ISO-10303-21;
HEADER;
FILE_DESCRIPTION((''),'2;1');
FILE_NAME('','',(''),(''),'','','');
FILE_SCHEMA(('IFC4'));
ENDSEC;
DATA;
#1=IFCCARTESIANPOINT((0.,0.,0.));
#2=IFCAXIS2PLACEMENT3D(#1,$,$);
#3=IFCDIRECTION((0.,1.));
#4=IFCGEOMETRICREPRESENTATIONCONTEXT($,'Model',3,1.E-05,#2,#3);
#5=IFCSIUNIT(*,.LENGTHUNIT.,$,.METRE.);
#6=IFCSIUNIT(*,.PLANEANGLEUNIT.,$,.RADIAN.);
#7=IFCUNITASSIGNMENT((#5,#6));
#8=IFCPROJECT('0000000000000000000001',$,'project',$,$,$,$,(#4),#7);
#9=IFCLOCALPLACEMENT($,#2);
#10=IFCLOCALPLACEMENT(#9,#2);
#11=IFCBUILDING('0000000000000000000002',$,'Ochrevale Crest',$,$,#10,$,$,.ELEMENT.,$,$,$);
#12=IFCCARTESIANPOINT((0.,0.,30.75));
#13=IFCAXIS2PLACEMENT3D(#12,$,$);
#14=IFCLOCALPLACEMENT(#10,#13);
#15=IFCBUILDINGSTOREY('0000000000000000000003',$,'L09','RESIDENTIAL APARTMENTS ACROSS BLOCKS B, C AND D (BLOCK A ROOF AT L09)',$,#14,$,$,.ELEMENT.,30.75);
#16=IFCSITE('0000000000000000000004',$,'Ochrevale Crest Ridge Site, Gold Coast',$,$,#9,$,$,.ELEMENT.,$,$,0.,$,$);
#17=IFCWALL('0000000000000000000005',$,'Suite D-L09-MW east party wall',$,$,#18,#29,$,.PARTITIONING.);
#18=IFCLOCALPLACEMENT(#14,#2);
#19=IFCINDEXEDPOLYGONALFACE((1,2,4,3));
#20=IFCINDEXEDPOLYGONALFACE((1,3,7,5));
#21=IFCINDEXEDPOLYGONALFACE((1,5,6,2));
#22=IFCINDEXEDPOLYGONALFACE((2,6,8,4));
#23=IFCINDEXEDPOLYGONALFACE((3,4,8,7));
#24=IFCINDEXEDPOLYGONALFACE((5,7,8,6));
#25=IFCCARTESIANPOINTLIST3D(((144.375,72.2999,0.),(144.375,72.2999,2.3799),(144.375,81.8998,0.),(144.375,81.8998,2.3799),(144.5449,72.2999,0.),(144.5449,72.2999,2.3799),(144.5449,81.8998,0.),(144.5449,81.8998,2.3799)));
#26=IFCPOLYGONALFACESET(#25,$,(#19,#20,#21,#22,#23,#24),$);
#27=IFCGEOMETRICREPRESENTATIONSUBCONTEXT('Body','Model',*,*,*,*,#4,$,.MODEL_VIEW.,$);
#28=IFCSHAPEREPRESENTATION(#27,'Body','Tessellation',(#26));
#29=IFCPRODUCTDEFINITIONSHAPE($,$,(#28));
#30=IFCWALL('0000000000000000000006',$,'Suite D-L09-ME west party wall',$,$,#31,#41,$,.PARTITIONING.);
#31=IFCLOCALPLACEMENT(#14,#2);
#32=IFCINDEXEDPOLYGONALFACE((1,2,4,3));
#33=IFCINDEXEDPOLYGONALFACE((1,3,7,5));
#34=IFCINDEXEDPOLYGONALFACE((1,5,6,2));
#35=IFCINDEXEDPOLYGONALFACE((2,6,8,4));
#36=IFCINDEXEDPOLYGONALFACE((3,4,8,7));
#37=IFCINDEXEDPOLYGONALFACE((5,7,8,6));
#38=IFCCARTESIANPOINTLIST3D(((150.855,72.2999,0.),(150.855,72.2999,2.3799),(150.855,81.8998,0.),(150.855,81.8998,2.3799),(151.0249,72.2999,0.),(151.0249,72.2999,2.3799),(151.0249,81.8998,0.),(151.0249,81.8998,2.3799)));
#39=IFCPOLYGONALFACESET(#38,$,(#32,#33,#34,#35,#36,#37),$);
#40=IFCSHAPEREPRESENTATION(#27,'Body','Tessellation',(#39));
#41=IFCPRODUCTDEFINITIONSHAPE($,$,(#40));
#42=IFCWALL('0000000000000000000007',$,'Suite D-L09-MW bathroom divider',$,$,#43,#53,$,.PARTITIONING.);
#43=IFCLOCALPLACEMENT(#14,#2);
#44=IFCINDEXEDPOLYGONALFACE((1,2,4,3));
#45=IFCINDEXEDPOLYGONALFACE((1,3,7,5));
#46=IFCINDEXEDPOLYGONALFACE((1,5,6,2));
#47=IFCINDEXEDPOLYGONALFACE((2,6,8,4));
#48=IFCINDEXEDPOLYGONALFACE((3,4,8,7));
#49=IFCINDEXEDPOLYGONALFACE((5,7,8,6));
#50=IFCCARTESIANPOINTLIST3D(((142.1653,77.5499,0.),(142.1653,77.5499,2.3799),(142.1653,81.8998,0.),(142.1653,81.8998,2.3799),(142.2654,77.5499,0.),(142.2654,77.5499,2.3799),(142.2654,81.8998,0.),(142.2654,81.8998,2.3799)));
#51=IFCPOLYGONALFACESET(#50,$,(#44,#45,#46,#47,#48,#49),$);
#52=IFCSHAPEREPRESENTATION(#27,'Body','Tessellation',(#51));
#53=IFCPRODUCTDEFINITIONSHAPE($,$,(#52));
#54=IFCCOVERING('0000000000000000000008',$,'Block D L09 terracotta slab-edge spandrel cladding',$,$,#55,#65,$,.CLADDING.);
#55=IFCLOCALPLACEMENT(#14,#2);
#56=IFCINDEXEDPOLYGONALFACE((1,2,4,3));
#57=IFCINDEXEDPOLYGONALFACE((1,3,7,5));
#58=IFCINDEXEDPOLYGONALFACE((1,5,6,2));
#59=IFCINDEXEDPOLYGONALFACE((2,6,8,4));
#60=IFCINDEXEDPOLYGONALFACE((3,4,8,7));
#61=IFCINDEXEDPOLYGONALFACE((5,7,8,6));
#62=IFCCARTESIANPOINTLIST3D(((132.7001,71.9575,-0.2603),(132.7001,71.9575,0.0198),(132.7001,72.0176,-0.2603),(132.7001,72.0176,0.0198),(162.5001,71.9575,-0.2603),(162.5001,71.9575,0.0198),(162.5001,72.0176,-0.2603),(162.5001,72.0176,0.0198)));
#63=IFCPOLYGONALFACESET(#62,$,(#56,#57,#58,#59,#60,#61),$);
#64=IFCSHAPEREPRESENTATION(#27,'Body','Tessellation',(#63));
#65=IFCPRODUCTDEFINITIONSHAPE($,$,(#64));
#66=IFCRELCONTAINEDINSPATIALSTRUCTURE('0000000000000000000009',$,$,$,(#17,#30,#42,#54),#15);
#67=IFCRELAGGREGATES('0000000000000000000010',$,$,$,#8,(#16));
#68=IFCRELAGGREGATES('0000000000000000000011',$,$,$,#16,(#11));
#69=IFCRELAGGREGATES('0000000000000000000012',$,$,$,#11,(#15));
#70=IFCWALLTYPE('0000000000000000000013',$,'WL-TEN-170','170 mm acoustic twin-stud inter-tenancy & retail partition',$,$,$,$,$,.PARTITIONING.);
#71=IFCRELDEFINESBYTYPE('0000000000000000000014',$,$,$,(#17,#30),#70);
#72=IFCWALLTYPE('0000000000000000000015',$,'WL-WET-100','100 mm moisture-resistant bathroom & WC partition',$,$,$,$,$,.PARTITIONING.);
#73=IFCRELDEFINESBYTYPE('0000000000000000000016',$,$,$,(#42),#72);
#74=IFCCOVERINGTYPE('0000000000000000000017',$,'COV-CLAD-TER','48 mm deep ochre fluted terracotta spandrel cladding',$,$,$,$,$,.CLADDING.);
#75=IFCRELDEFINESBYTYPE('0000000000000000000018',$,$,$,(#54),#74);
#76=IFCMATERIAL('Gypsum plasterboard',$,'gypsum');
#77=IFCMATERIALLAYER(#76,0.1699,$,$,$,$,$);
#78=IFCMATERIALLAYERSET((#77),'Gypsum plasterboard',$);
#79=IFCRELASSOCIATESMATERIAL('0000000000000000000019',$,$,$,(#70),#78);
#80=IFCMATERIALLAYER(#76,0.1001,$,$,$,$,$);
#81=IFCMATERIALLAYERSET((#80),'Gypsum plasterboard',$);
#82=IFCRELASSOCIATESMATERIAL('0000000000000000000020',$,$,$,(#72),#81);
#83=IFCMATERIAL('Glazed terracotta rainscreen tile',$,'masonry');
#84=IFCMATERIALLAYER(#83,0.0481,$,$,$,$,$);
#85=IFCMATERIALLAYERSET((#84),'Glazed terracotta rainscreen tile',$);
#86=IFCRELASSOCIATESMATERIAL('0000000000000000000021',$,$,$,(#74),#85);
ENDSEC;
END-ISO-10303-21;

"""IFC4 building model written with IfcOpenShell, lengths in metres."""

from ifc_helpers import new_model, si_unit, direction, frame, frame_2d, origin, origin_2d, place, context, subcontext, project, spatial, rectangle, extrude, material, layer, layer_set, type_object, element, save


model = new_model("IFC4")

# Units and contexts
model_context = context("Model", 3, precision=1e-05, world=origin(), true_north=direction((0.0, 1.0)))
body_context = subcontext(model_context, "Body", "Model", "MODEL_VIEW")
ifc_project = project(units=[si_unit("LENGTHUNIT", "METRE"), si_unit("PLANEANGLEUNIT", "RADIAN")], contexts=[model_context])

# Site, building, storey
site_placement = place(None, origin())
site = spatial("IfcSite", under=ifc_project, at=site_placement, Name="Ochrevale Crest Ridge Site, Gold Coast", CompositionType="ELEMENT", RefElevation=0.0)
building_placement = place(site_placement, origin())
building = spatial("IfcBuilding", under=site, at=building_placement, Name="Ochrevale Crest", CompositionType="ELEMENT")
storey_placement = place(building_placement, frame((0.0, 0.0, 30.75)))
storey = spatial("IfcBuildingStorey", under=building, at=storey_placement, Name="L09", Description="RESIDENTIAL APARTMENTS ACROSS BLOCKS B, C AND D (BLOCK A ROOF AT L09)", CompositionType="ELEMENT", Elevation=30.75)

# Shared definitions
ifc_material_1 = material(Name="Gypsum plasterboard", Category="gypsum")

# Walls
ifc_layer_1 = layer(ifc_material_1, 0.1699)
ifc_layer_set_1 = layer_set([ifc_layer_1], Name="Gypsum plasterboard")
wall_type_1 = type_object("IfcWallType", Name="WL-TEN-170", Description="170 mm acoustic twin-stud inter-tenancy & retail partition", PredefinedType="PARTITIONING", material=ifc_layer_set_1)
for number, where, z_axis, x_axis, name in (
    (1, (144.46, 72.3, 0.0), (0.0, 0.0, 1.0), (0.0, 1.0, 0.0), "Suite D-L09-MW east party wall"),
    (2, (150.9399, 72.3, 0.0), (0.0, 0.0, 1.0), (0.0, 1.0, 0.0), "Suite D-L09-ME west party wall"),
):
    element("IfcWall", number, at=place(storey_placement, frame(where, z_axis=z_axis, x_axis=x_axis)), inside=storey, type_object=wall_type_1, Name=name, PredefinedType="PARTITIONING", context=body_context, shape_type="SweptSolid", body=[
        extrude(rectangle(XDim=9.5999, YDim=0.1699, at=frame_2d((4.7998, 0.0))), origin(), (0.0, 0.0, 1.0), 2.3799),
    ])
ifc_layer_2 = layer(ifc_material_1, 0.1001)
ifc_layer_set_2 = layer_set([ifc_layer_2], Name="Gypsum plasterboard")
wall_type_2 = type_object("IfcWallType", Name="WL-WET-100", Description="100 mm moisture-resistant bathroom & WC partition", PredefinedType="PARTITIONING", material=ifc_layer_set_2)
wall_1_placement = place(storey_placement, frame((142.2153, 77.55, 0.0), z_axis=(0.0, 0.0, 1.0), x_axis=(0.0, 1.0, 0.0)))
element("IfcWall", 3, at=wall_1_placement, inside=storey, type_object=wall_type_2, Name="Suite D-L09-MW bathroom divider", PredefinedType="PARTITIONING", context=body_context, shape_type="SweptSolid", body=[
    extrude(rectangle(XDim=4.3499, YDim=0.1001, at=frame_2d((2.1748, 0.0))), origin(), (0.0, 0.0, 1.0), 2.3799),
])

# Covering
ifc_material_2 = material(Name="Glazed terracotta rainscreen tile", Category="masonry")
ifc_layer_3 = layer(ifc_material_2, 0.0481)
ifc_layer_set_3 = layer_set([ifc_layer_3], Name="Glazed terracotta rainscreen tile")
covering_type = type_object("IfcCoveringType", Name="COV-CLAD-TER", Description="48 mm deep ochre fluted terracotta spandrel cladding", PredefinedType="CLADDING", material=ifc_layer_set_3)
covering_placement = place(storey_placement, frame((147.6001, 71.9875, -0.2603), z_axis=(0.0, 0.0, 1.0), x_axis=(1.0, 0.0, 0.0)))
element("IfcCovering", 4, at=covering_placement, inside=storey, type_object=covering_type, Name="Block D L09 terracotta slab-edge spandrel cladding", PredefinedType="CLADDING", context=body_context, shape_type="SweptSolid", body=[
    extrude(rectangle(XDim=29.8, YDim=0.0601, at=origin_2d()), origin(), (0.0, 0.0, 1.0), 0.28),
])

save(model, "model.ifc")
